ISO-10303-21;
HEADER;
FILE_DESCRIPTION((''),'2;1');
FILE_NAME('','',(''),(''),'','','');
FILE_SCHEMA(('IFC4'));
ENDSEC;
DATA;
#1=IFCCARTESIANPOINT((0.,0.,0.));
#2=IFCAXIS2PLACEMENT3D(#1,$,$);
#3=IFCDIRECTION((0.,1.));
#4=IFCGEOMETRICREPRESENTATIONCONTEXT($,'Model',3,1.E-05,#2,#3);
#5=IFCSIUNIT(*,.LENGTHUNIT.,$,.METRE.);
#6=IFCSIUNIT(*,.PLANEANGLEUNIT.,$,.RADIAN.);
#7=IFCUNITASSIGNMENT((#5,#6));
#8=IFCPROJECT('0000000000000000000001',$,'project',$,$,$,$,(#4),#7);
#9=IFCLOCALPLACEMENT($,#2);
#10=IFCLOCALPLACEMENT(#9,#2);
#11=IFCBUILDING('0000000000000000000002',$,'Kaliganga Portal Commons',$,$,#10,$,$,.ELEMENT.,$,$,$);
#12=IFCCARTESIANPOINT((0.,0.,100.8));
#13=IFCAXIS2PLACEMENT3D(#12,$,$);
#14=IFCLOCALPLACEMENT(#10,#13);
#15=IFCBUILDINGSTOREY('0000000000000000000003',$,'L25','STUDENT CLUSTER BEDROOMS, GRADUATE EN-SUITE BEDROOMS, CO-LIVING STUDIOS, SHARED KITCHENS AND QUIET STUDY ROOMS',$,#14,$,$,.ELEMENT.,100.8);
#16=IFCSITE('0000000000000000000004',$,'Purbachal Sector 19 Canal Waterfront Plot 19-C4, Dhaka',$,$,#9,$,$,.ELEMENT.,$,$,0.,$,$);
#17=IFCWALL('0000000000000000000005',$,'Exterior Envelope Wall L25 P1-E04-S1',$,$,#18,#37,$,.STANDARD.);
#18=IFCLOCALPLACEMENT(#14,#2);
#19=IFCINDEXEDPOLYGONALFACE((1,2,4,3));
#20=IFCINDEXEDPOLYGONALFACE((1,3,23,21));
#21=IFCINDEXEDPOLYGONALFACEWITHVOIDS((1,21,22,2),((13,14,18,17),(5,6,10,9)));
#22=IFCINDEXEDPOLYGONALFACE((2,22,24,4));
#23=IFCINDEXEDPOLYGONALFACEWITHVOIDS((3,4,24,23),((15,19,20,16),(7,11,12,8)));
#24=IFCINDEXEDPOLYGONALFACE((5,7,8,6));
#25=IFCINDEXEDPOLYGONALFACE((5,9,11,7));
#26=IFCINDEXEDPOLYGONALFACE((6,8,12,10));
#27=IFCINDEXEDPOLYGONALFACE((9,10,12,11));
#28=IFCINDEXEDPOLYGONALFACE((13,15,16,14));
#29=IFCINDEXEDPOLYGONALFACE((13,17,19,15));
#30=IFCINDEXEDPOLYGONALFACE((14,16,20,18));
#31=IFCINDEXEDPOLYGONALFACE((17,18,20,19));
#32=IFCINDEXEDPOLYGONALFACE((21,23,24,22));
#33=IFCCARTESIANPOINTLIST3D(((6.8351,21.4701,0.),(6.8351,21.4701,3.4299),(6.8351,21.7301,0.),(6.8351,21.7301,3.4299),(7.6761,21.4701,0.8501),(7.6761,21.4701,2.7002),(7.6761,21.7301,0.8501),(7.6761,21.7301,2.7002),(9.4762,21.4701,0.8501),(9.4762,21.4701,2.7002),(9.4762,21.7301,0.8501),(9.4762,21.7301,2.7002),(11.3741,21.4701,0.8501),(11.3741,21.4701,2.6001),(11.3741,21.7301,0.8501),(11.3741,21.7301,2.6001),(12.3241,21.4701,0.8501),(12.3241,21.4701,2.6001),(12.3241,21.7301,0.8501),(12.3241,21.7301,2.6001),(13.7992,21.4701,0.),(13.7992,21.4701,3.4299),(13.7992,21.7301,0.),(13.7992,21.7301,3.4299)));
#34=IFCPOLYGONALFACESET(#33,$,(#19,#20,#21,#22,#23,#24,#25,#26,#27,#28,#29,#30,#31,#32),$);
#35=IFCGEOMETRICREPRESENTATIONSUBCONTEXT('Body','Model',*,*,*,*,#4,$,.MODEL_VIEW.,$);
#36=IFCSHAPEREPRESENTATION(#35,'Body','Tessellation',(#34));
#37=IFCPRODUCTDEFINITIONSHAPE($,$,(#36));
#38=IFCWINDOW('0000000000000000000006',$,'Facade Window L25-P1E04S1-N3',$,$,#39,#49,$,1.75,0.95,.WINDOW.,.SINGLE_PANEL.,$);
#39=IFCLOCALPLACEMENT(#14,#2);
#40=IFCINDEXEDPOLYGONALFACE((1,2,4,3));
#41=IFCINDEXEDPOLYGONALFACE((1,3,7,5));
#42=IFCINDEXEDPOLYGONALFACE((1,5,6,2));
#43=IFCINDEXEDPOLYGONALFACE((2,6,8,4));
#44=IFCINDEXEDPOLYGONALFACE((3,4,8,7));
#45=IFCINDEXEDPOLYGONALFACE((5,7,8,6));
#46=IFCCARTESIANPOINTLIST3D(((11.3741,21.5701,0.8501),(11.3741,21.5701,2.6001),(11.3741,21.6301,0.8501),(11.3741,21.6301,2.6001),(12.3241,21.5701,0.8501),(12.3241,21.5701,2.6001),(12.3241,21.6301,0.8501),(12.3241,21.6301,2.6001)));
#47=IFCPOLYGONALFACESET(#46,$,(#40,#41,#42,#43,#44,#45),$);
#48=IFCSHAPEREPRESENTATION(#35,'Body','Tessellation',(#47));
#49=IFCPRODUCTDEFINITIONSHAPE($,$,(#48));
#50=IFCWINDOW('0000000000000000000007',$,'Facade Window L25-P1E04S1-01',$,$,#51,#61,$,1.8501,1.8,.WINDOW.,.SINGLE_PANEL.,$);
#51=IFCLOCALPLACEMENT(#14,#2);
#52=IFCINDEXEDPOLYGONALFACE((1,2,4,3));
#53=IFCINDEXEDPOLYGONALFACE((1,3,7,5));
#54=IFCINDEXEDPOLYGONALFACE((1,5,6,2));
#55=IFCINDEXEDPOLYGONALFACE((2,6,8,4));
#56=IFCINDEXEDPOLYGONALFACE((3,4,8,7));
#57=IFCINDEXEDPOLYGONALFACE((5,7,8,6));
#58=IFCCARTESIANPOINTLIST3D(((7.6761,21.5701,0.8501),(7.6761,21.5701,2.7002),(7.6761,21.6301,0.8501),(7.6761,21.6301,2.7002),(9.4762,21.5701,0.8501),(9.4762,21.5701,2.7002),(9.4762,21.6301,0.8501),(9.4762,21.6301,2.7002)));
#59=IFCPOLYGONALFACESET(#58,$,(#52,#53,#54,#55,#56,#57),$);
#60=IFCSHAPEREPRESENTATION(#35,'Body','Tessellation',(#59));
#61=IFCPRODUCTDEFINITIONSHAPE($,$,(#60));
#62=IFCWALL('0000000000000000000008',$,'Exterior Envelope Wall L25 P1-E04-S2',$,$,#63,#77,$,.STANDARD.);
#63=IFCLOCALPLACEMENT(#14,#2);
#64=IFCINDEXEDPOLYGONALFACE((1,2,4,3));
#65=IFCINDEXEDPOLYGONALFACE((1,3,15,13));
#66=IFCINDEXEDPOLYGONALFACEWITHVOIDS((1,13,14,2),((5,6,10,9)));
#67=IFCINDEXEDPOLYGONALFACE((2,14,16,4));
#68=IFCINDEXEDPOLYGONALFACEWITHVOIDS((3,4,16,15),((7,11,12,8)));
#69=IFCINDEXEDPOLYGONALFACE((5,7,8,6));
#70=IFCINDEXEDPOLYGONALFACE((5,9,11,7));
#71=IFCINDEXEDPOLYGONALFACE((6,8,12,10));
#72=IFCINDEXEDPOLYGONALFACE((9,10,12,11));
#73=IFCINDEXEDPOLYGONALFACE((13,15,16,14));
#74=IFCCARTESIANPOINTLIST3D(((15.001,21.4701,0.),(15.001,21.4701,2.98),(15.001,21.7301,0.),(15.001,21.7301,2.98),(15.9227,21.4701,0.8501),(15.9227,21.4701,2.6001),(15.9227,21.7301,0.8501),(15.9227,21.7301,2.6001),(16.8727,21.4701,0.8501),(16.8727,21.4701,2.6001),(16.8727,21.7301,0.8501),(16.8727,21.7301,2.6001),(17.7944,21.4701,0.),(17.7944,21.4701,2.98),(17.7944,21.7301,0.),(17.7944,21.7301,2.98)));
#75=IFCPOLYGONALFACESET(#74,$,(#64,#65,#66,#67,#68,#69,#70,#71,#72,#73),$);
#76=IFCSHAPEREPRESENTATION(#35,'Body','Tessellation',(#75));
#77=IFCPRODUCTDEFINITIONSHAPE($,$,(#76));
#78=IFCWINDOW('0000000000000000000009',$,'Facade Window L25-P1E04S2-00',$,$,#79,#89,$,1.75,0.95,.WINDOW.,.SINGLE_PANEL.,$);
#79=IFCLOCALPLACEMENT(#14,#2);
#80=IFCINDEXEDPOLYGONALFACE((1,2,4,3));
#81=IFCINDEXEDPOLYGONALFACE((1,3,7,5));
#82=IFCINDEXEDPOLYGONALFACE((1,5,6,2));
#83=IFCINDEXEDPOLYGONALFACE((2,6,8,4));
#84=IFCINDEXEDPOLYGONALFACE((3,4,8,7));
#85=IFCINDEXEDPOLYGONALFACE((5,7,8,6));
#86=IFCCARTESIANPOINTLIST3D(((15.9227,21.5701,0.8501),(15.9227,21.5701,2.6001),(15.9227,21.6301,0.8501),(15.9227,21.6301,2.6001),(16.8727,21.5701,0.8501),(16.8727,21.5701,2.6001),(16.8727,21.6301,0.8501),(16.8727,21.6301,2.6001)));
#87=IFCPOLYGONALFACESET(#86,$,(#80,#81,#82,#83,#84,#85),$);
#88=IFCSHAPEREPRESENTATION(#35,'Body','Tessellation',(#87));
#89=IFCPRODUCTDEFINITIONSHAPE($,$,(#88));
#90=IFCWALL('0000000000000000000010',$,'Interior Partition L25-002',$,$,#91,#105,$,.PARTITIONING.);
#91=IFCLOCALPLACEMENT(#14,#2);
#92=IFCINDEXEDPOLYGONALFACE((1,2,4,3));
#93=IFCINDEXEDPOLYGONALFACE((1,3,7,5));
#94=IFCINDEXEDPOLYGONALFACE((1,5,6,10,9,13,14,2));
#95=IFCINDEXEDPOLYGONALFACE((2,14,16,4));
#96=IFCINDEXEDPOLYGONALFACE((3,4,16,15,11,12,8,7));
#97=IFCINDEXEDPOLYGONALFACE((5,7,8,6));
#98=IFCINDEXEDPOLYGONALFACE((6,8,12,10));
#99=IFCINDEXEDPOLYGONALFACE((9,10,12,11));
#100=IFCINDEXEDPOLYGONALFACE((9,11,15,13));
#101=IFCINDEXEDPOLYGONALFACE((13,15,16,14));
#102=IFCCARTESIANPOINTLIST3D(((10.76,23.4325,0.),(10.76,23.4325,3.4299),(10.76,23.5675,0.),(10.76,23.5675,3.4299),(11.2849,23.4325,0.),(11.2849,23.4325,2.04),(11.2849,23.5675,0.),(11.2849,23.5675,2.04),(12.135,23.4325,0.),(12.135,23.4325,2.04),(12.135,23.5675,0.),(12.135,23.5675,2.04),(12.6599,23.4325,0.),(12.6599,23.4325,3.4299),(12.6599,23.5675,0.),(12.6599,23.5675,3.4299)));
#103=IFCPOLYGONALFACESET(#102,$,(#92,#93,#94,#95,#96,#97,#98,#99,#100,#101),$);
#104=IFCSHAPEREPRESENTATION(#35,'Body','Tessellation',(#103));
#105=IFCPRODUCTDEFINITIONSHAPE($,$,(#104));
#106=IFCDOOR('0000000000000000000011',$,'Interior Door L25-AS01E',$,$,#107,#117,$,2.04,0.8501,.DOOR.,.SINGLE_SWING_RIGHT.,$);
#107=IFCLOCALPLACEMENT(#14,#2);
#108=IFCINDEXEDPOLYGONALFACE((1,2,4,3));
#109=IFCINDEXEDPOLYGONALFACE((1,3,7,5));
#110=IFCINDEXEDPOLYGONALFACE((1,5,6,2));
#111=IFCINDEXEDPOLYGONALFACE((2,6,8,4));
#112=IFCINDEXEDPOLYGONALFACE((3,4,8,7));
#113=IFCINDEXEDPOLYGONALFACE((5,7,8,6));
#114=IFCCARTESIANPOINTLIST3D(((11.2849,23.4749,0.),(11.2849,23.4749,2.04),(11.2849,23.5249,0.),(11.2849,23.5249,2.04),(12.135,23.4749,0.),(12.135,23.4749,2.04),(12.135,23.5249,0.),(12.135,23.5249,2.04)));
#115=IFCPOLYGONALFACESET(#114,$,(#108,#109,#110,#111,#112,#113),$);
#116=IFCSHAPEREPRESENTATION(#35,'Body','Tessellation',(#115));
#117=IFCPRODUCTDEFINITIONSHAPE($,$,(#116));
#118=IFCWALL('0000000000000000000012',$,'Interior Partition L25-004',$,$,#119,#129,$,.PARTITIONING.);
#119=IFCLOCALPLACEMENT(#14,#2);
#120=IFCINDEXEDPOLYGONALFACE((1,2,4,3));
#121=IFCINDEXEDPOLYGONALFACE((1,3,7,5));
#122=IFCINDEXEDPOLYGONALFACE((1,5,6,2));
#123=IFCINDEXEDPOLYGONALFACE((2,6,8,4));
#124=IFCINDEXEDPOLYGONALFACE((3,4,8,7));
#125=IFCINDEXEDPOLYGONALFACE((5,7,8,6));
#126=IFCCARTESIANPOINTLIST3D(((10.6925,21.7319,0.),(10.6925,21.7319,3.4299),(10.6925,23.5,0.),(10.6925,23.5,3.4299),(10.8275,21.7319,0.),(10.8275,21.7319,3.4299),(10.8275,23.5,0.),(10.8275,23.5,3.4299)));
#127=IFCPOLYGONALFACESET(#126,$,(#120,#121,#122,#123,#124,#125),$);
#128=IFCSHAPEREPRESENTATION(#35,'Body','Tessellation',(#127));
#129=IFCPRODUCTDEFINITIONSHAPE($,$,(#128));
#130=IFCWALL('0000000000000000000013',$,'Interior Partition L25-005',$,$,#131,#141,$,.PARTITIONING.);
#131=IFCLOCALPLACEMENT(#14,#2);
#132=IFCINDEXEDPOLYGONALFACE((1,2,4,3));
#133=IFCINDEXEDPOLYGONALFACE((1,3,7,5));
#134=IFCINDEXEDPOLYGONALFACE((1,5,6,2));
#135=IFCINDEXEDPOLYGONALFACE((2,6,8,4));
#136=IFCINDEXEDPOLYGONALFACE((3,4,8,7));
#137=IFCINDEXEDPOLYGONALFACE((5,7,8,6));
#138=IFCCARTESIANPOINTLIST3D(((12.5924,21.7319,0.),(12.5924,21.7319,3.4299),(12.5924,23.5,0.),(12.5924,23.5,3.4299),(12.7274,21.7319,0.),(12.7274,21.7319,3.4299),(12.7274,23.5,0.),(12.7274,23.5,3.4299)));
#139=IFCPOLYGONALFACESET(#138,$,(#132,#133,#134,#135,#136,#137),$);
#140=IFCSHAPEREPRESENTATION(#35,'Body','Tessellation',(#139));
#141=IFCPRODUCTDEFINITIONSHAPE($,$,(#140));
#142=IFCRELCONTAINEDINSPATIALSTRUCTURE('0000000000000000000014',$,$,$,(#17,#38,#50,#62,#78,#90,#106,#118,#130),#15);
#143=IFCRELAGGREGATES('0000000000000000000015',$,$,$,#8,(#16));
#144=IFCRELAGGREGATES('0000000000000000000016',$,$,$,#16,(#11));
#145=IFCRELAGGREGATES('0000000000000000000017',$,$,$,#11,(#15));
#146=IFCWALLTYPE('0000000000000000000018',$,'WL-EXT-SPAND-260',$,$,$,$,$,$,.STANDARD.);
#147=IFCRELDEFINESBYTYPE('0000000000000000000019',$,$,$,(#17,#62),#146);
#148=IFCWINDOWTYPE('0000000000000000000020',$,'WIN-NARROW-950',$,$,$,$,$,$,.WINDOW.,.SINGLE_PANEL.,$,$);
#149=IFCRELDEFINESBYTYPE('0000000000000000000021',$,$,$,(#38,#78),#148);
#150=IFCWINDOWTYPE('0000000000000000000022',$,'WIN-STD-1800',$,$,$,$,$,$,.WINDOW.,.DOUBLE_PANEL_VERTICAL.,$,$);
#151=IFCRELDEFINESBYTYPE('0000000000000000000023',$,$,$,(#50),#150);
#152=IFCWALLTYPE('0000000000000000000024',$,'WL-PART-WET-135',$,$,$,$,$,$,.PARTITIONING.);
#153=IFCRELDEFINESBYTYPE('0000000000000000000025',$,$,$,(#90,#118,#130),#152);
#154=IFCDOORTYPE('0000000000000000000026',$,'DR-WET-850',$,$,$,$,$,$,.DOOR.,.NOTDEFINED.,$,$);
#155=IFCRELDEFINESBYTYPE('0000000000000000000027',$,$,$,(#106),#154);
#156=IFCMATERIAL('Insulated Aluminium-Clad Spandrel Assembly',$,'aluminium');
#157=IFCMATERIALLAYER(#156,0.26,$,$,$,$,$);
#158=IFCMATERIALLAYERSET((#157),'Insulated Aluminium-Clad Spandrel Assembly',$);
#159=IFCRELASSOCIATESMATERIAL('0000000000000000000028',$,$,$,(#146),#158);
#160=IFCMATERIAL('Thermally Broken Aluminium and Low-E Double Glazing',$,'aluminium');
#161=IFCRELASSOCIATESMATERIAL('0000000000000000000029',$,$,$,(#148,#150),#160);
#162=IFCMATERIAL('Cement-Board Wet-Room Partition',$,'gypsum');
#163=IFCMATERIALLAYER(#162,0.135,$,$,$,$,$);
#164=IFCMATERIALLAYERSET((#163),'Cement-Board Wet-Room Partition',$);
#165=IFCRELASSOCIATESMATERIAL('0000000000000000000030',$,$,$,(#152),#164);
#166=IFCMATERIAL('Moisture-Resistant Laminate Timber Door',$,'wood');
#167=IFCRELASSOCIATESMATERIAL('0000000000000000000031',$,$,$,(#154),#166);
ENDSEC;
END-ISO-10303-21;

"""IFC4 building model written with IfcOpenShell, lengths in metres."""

from ifc_helpers import new_model, si_unit, direction, frame, frame_2d, origin, place, context, subcontext, project, spatial, rectangle, extrude, material, layer, layer_set, type_object, element, fill, save


model = new_model("IFC4")

# Units and contexts
model_context = context("Model", 3, precision=1e-05, world=origin(), true_north=direction((0.0, 1.0)))
body_context = subcontext(model_context, "Body", "Model", "MODEL_VIEW")
ifc_project = project(units=[si_unit("LENGTHUNIT", "METRE"), si_unit("PLANEANGLEUNIT", "RADIAN")], contexts=[model_context])

# Site, building, storey
site_placement = place(None, origin())
site = spatial("IfcSite", under=ifc_project, at=site_placement, Name="Purbachal Sector 19 Canal Waterfront Plot 19-C4, Dhaka", CompositionType="ELEMENT", RefElevation=0.0)
building_placement = place(site_placement, origin())
building = spatial("IfcBuilding", under=site, at=building_placement, Name="Kaliganga Portal Commons", CompositionType="ELEMENT")
storey_placement = place(building_placement, frame((0.0, 0.0, 100.8)))
storey = spatial("IfcBuildingStorey", under=building, at=storey_placement, Name="L25", Description="STUDENT CLUSTER BEDROOMS, GRADUATE EN-SUITE BEDROOMS, CO-LIVING STUDIOS, SHARED KITCHENS AND QUIET STUDY ROOMS", CompositionType="ELEMENT", Elevation=100.8)

# Wall, openings, windows
ifc_material_1 = material(Name="Insulated Aluminium-Clad Spandrel Assembly", Category="aluminium")
ifc_layer_1 = layer(ifc_material_1, 0.26)
ifc_layer_set_1 = layer_set([ifc_layer_1], Name="Insulated Aluminium-Clad Spandrel Assembly")
wall_type_1 = type_object("IfcWallType", Name="WL-EXT-SPAND-260", PredefinedType="STANDARD", material=ifc_layer_set_1)
ifc_material_2 = material(Name="Thermally Broken Aluminium and Low-E Double Glazing", Category="aluminium")
window_type_1 = type_object("IfcWindowType", Name="WIN-NARROW-950", PartitioningType="SINGLE_PANEL", PredefinedType="WINDOW", material=ifc_material_2)
window_type_2 = type_object("IfcWindowType", Name="WIN-STD-1800", PartitioningType="DOUBLE_PANEL_VERTICAL", PredefinedType="WINDOW", material=ifc_material_2)
wall_1_placement = place(storey_placement, frame((13.7991, 21.6001, 0.0), z_axis=(0.0, 0.0, 1.0), x_axis=(-1.0, 0.0, 0.0)))
wall_1 = element("IfcWall", 1, at=wall_1_placement, inside=storey, type_object=wall_type_1, Name="Exterior Envelope Wall L25 P1-E04-S1", PredefinedType="STANDARD", context=body_context, shape_type="SweptSolid", body=[
    extrude(rectangle(XDim=6.9641, YDim=0.26, at=frame_2d((3.4819, 0.0))), origin(), (0.0, 0.0, 1.0), 3.4299),
])
opening_1_placement = place(wall_1_placement, frame((4.323, 0.0, 0.8501)))
opening_1 = element("IfcOpeningElement", 2, at=opening_1_placement, cuts=wall_1, PredefinedType="OPENING", context=body_context, shape_type="SweptSolid", body=[
    extrude(rectangle(XDim=1.8, YDim=1.8501, at=frame_2d((0.8999, 0.925))), frame((0.0, 0.1401, 0.0), z_axis=(0.0, -1.0, 0.0), x_axis=(1.0, 0.0, 0.0)), (0.0, 0.0, 1.0), 0.28),
])
opening_2_placement = place(wall_1_placement, frame((1.4749, 0.0, 0.8501)))
opening_2 = element("IfcOpeningElement", 3, at=opening_2_placement, cuts=wall_1, PredefinedType="OPENING", context=body_context, shape_type="SweptSolid", body=[
    extrude(rectangle(XDim=0.95, YDim=1.75, at=frame_2d((0.4751, 0.875))), frame((0.0, 0.1401, 0.0), z_axis=(0.0, -1.0, 0.0), x_axis=(1.0, 0.0, 0.0)), (0.0, 0.0, 1.0), 0.28),
])
window_1_placement = place(opening_2_placement, origin())
window_1 = element("IfcWindow", 4, at=window_1_placement, inside=storey, type_object=window_type_1, Name="Facade Window L25-P1E04S1-N3", OverallHeight=1.75, OverallWidth=0.95, PartitioningType="SINGLE_PANEL", PredefinedType="WINDOW", context=body_context, shape_type="SweptSolid", body=[
    extrude(rectangle(XDim=0.95, YDim=1.75, at=frame_2d((0.4751, 0.875))), frame((0.0, 0.03, 0.0), z_axis=(0.0, -1.0, 0.0), x_axis=(1.0, 0.0, 0.0)), (0.0, 0.0, 1.0), 0.0601),
])
fill(opening_2, window_1)
window_2_placement = place(opening_1_placement, origin())
window_2 = element("IfcWindow", 5, at=window_2_placement, inside=storey, type_object=window_type_2, Name="Facade Window L25-P1E04S1-01", OverallHeight=1.8501, OverallWidth=1.8, PartitioningType="SINGLE_PANEL", PredefinedType="WINDOW", context=body_context, shape_type="SweptSolid", body=[
    extrude(rectangle(XDim=1.8, YDim=1.8501, at=frame_2d((0.8999, 0.925))), frame((0.0, 0.03, 0.0), z_axis=(0.0, -1.0, 0.0), x_axis=(1.0, 0.0, 0.0)), (0.0, 0.0, 1.0), 0.0601),
])
fill(opening_1, window_2)

# Wall, opening, window
wall_2_placement = place(storey_placement, frame((17.7944, 21.6001, 0.0), z_axis=(0.0, 0.0, 1.0), x_axis=(-1.0, 0.0, 0.0)))
wall_2 = element("IfcWall", 6, at=wall_2_placement, inside=storey, type_object=wall_type_1, Name="Exterior Envelope Wall L25 P1-E04-S2", PredefinedType="STANDARD", context=body_context, shape_type="SweptSolid", body=[
    extrude(rectangle(XDim=2.7935, YDim=0.26, at=frame_2d((1.3967, 0.0))), origin(), (0.0, 0.0, 1.0), 2.98),
])
opening_3_placement = place(wall_2_placement, frame((0.9216, 0.0, 0.8501)))
opening_3 = element("IfcOpeningElement", 7, at=opening_3_placement, cuts=wall_2, PredefinedType="OPENING", context=body_context, shape_type="SweptSolid", body=[
    extrude(rectangle(XDim=0.95, YDim=1.75, at=frame_2d((0.4751, 0.875))), frame((0.0, 0.1401, 0.0), z_axis=(0.0, -1.0, 0.0), x_axis=(1.0, 0.0, 0.0)), (0.0, 0.0, 1.0), 0.28),
])
window_3_placement = place(opening_3_placement, origin())
window_3 = element("IfcWindow", 8, at=window_3_placement, inside=storey, type_object=window_type_1, Name="Facade Window L25-P1E04S2-00", OverallHeight=1.75, OverallWidth=0.95, PartitioningType="SINGLE_PANEL", PredefinedType="WINDOW", context=body_context, shape_type="SweptSolid", body=[
    extrude(rectangle(XDim=0.95, YDim=1.75, at=frame_2d((0.4751, 0.875))), frame((0.0, 0.03, 0.0), z_axis=(0.0, -1.0, 0.0), x_axis=(1.0, 0.0, 0.0)), (0.0, 0.0, 1.0), 0.0601),
])
fill(opening_3, window_3)

# Wall, opening, door
ifc_material_3 = material(Name="Cement-Board Wet-Room Partition", Category="gypsum")
ifc_layer_2 = layer(ifc_material_3, 0.135)
ifc_layer_set_2 = layer_set([ifc_layer_2], Name="Cement-Board Wet-Room Partition")
wall_type_2 = type_object("IfcWallType", Name="WL-PART-WET-135", PredefinedType="PARTITIONING", material=ifc_layer_set_2)
wall_3_placement = place(storey_placement, frame((10.76, 23.5, 0.0), z_axis=(0.0, 0.0, 1.0), x_axis=(1.0, 0.0, 0.0)))
wall_3 = element("IfcWall", 9, at=wall_3_placement, inside=storey, type_object=wall_type_2, Name="Interior Partition L25-002", PredefinedType="PARTITIONING", context=body_context, shape_type="SweptSolid", body=[
    extrude(rectangle(XDim=1.8999, YDim=0.135, at=frame_2d((0.95, 0.0))), origin(), (0.0, 0.0, 1.0), 3.4299),
])
opening_4_placement = place(wall_3_placement, frame((0.5249, 0.0, 0.0)))
opening_4 = element("IfcOpeningElement", 10, at=opening_4_placement, cuts=wall_3, PredefinedType="OPENING", context=body_context, shape_type="SweptSolid", body=[
    extrude(rectangle(XDim=0.8501, YDim=2.04, at=frame_2d((0.425, 1.02))), frame((0.0, 0.0776, 0.0), z_axis=(0.0, -1.0, 0.0), x_axis=(1.0, 0.0, 0.0)), (0.0, 0.0, 1.0), 0.155),
])
ifc_material_4 = material(Name="Moisture-Resistant Laminate Timber Door", Category="wood")
door_type = type_object("IfcDoorType", Name="DR-WET-850", OperationType="NOTDEFINED", PredefinedType="DOOR", material=ifc_material_4)
door_placement = place(opening_4_placement, origin())
door = element("IfcDoor", 11, at=door_placement, inside=storey, type_object=door_type, Name="Interior Door L25-AS01E", OperationType="SINGLE_SWING_RIGHT", OverallHeight=2.04, OverallWidth=0.8501, PredefinedType="DOOR", context=body_context, shape_type="SweptSolid", body=[
    extrude(rectangle(XDim=0.8501, YDim=2.04, at=frame_2d((0.425, 1.02))), frame((0.0, 0.0249, 0.0), z_axis=(0.0, -1.0, 0.0), x_axis=(1.0, 0.0, 0.0)), (0.0, 0.0, 1.0), 0.05),
])
fill(opening_4, door)

# Walls
for number, where, z_axis, x_axis, name in (
    (12, (10.76, 21.7319, 0.0), (0.0, 0.0, 1.0), (0.0, 1.0, 0.0), "Interior Partition L25-004"),
    (13, (12.6599, 21.7319, 0.0), (0.0, 0.0, 1.0), (0.0, 1.0, 0.0), "Interior Partition L25-005"),
):
    element("IfcWall", number, at=place(storey_placement, frame(where, z_axis=z_axis, x_axis=x_axis)), inside=storey, type_object=wall_type_2, Name=name, PredefinedType="PARTITIONING", context=body_context, shape_type="SweptSolid", body=[
        extrude(rectangle(XDim=1.7681, YDim=0.135, at=frame_2d((0.884, 0.0))), origin(), (0.0, 0.0, 1.0), 3.4299),
    ])

save(model, "model.ifc")
